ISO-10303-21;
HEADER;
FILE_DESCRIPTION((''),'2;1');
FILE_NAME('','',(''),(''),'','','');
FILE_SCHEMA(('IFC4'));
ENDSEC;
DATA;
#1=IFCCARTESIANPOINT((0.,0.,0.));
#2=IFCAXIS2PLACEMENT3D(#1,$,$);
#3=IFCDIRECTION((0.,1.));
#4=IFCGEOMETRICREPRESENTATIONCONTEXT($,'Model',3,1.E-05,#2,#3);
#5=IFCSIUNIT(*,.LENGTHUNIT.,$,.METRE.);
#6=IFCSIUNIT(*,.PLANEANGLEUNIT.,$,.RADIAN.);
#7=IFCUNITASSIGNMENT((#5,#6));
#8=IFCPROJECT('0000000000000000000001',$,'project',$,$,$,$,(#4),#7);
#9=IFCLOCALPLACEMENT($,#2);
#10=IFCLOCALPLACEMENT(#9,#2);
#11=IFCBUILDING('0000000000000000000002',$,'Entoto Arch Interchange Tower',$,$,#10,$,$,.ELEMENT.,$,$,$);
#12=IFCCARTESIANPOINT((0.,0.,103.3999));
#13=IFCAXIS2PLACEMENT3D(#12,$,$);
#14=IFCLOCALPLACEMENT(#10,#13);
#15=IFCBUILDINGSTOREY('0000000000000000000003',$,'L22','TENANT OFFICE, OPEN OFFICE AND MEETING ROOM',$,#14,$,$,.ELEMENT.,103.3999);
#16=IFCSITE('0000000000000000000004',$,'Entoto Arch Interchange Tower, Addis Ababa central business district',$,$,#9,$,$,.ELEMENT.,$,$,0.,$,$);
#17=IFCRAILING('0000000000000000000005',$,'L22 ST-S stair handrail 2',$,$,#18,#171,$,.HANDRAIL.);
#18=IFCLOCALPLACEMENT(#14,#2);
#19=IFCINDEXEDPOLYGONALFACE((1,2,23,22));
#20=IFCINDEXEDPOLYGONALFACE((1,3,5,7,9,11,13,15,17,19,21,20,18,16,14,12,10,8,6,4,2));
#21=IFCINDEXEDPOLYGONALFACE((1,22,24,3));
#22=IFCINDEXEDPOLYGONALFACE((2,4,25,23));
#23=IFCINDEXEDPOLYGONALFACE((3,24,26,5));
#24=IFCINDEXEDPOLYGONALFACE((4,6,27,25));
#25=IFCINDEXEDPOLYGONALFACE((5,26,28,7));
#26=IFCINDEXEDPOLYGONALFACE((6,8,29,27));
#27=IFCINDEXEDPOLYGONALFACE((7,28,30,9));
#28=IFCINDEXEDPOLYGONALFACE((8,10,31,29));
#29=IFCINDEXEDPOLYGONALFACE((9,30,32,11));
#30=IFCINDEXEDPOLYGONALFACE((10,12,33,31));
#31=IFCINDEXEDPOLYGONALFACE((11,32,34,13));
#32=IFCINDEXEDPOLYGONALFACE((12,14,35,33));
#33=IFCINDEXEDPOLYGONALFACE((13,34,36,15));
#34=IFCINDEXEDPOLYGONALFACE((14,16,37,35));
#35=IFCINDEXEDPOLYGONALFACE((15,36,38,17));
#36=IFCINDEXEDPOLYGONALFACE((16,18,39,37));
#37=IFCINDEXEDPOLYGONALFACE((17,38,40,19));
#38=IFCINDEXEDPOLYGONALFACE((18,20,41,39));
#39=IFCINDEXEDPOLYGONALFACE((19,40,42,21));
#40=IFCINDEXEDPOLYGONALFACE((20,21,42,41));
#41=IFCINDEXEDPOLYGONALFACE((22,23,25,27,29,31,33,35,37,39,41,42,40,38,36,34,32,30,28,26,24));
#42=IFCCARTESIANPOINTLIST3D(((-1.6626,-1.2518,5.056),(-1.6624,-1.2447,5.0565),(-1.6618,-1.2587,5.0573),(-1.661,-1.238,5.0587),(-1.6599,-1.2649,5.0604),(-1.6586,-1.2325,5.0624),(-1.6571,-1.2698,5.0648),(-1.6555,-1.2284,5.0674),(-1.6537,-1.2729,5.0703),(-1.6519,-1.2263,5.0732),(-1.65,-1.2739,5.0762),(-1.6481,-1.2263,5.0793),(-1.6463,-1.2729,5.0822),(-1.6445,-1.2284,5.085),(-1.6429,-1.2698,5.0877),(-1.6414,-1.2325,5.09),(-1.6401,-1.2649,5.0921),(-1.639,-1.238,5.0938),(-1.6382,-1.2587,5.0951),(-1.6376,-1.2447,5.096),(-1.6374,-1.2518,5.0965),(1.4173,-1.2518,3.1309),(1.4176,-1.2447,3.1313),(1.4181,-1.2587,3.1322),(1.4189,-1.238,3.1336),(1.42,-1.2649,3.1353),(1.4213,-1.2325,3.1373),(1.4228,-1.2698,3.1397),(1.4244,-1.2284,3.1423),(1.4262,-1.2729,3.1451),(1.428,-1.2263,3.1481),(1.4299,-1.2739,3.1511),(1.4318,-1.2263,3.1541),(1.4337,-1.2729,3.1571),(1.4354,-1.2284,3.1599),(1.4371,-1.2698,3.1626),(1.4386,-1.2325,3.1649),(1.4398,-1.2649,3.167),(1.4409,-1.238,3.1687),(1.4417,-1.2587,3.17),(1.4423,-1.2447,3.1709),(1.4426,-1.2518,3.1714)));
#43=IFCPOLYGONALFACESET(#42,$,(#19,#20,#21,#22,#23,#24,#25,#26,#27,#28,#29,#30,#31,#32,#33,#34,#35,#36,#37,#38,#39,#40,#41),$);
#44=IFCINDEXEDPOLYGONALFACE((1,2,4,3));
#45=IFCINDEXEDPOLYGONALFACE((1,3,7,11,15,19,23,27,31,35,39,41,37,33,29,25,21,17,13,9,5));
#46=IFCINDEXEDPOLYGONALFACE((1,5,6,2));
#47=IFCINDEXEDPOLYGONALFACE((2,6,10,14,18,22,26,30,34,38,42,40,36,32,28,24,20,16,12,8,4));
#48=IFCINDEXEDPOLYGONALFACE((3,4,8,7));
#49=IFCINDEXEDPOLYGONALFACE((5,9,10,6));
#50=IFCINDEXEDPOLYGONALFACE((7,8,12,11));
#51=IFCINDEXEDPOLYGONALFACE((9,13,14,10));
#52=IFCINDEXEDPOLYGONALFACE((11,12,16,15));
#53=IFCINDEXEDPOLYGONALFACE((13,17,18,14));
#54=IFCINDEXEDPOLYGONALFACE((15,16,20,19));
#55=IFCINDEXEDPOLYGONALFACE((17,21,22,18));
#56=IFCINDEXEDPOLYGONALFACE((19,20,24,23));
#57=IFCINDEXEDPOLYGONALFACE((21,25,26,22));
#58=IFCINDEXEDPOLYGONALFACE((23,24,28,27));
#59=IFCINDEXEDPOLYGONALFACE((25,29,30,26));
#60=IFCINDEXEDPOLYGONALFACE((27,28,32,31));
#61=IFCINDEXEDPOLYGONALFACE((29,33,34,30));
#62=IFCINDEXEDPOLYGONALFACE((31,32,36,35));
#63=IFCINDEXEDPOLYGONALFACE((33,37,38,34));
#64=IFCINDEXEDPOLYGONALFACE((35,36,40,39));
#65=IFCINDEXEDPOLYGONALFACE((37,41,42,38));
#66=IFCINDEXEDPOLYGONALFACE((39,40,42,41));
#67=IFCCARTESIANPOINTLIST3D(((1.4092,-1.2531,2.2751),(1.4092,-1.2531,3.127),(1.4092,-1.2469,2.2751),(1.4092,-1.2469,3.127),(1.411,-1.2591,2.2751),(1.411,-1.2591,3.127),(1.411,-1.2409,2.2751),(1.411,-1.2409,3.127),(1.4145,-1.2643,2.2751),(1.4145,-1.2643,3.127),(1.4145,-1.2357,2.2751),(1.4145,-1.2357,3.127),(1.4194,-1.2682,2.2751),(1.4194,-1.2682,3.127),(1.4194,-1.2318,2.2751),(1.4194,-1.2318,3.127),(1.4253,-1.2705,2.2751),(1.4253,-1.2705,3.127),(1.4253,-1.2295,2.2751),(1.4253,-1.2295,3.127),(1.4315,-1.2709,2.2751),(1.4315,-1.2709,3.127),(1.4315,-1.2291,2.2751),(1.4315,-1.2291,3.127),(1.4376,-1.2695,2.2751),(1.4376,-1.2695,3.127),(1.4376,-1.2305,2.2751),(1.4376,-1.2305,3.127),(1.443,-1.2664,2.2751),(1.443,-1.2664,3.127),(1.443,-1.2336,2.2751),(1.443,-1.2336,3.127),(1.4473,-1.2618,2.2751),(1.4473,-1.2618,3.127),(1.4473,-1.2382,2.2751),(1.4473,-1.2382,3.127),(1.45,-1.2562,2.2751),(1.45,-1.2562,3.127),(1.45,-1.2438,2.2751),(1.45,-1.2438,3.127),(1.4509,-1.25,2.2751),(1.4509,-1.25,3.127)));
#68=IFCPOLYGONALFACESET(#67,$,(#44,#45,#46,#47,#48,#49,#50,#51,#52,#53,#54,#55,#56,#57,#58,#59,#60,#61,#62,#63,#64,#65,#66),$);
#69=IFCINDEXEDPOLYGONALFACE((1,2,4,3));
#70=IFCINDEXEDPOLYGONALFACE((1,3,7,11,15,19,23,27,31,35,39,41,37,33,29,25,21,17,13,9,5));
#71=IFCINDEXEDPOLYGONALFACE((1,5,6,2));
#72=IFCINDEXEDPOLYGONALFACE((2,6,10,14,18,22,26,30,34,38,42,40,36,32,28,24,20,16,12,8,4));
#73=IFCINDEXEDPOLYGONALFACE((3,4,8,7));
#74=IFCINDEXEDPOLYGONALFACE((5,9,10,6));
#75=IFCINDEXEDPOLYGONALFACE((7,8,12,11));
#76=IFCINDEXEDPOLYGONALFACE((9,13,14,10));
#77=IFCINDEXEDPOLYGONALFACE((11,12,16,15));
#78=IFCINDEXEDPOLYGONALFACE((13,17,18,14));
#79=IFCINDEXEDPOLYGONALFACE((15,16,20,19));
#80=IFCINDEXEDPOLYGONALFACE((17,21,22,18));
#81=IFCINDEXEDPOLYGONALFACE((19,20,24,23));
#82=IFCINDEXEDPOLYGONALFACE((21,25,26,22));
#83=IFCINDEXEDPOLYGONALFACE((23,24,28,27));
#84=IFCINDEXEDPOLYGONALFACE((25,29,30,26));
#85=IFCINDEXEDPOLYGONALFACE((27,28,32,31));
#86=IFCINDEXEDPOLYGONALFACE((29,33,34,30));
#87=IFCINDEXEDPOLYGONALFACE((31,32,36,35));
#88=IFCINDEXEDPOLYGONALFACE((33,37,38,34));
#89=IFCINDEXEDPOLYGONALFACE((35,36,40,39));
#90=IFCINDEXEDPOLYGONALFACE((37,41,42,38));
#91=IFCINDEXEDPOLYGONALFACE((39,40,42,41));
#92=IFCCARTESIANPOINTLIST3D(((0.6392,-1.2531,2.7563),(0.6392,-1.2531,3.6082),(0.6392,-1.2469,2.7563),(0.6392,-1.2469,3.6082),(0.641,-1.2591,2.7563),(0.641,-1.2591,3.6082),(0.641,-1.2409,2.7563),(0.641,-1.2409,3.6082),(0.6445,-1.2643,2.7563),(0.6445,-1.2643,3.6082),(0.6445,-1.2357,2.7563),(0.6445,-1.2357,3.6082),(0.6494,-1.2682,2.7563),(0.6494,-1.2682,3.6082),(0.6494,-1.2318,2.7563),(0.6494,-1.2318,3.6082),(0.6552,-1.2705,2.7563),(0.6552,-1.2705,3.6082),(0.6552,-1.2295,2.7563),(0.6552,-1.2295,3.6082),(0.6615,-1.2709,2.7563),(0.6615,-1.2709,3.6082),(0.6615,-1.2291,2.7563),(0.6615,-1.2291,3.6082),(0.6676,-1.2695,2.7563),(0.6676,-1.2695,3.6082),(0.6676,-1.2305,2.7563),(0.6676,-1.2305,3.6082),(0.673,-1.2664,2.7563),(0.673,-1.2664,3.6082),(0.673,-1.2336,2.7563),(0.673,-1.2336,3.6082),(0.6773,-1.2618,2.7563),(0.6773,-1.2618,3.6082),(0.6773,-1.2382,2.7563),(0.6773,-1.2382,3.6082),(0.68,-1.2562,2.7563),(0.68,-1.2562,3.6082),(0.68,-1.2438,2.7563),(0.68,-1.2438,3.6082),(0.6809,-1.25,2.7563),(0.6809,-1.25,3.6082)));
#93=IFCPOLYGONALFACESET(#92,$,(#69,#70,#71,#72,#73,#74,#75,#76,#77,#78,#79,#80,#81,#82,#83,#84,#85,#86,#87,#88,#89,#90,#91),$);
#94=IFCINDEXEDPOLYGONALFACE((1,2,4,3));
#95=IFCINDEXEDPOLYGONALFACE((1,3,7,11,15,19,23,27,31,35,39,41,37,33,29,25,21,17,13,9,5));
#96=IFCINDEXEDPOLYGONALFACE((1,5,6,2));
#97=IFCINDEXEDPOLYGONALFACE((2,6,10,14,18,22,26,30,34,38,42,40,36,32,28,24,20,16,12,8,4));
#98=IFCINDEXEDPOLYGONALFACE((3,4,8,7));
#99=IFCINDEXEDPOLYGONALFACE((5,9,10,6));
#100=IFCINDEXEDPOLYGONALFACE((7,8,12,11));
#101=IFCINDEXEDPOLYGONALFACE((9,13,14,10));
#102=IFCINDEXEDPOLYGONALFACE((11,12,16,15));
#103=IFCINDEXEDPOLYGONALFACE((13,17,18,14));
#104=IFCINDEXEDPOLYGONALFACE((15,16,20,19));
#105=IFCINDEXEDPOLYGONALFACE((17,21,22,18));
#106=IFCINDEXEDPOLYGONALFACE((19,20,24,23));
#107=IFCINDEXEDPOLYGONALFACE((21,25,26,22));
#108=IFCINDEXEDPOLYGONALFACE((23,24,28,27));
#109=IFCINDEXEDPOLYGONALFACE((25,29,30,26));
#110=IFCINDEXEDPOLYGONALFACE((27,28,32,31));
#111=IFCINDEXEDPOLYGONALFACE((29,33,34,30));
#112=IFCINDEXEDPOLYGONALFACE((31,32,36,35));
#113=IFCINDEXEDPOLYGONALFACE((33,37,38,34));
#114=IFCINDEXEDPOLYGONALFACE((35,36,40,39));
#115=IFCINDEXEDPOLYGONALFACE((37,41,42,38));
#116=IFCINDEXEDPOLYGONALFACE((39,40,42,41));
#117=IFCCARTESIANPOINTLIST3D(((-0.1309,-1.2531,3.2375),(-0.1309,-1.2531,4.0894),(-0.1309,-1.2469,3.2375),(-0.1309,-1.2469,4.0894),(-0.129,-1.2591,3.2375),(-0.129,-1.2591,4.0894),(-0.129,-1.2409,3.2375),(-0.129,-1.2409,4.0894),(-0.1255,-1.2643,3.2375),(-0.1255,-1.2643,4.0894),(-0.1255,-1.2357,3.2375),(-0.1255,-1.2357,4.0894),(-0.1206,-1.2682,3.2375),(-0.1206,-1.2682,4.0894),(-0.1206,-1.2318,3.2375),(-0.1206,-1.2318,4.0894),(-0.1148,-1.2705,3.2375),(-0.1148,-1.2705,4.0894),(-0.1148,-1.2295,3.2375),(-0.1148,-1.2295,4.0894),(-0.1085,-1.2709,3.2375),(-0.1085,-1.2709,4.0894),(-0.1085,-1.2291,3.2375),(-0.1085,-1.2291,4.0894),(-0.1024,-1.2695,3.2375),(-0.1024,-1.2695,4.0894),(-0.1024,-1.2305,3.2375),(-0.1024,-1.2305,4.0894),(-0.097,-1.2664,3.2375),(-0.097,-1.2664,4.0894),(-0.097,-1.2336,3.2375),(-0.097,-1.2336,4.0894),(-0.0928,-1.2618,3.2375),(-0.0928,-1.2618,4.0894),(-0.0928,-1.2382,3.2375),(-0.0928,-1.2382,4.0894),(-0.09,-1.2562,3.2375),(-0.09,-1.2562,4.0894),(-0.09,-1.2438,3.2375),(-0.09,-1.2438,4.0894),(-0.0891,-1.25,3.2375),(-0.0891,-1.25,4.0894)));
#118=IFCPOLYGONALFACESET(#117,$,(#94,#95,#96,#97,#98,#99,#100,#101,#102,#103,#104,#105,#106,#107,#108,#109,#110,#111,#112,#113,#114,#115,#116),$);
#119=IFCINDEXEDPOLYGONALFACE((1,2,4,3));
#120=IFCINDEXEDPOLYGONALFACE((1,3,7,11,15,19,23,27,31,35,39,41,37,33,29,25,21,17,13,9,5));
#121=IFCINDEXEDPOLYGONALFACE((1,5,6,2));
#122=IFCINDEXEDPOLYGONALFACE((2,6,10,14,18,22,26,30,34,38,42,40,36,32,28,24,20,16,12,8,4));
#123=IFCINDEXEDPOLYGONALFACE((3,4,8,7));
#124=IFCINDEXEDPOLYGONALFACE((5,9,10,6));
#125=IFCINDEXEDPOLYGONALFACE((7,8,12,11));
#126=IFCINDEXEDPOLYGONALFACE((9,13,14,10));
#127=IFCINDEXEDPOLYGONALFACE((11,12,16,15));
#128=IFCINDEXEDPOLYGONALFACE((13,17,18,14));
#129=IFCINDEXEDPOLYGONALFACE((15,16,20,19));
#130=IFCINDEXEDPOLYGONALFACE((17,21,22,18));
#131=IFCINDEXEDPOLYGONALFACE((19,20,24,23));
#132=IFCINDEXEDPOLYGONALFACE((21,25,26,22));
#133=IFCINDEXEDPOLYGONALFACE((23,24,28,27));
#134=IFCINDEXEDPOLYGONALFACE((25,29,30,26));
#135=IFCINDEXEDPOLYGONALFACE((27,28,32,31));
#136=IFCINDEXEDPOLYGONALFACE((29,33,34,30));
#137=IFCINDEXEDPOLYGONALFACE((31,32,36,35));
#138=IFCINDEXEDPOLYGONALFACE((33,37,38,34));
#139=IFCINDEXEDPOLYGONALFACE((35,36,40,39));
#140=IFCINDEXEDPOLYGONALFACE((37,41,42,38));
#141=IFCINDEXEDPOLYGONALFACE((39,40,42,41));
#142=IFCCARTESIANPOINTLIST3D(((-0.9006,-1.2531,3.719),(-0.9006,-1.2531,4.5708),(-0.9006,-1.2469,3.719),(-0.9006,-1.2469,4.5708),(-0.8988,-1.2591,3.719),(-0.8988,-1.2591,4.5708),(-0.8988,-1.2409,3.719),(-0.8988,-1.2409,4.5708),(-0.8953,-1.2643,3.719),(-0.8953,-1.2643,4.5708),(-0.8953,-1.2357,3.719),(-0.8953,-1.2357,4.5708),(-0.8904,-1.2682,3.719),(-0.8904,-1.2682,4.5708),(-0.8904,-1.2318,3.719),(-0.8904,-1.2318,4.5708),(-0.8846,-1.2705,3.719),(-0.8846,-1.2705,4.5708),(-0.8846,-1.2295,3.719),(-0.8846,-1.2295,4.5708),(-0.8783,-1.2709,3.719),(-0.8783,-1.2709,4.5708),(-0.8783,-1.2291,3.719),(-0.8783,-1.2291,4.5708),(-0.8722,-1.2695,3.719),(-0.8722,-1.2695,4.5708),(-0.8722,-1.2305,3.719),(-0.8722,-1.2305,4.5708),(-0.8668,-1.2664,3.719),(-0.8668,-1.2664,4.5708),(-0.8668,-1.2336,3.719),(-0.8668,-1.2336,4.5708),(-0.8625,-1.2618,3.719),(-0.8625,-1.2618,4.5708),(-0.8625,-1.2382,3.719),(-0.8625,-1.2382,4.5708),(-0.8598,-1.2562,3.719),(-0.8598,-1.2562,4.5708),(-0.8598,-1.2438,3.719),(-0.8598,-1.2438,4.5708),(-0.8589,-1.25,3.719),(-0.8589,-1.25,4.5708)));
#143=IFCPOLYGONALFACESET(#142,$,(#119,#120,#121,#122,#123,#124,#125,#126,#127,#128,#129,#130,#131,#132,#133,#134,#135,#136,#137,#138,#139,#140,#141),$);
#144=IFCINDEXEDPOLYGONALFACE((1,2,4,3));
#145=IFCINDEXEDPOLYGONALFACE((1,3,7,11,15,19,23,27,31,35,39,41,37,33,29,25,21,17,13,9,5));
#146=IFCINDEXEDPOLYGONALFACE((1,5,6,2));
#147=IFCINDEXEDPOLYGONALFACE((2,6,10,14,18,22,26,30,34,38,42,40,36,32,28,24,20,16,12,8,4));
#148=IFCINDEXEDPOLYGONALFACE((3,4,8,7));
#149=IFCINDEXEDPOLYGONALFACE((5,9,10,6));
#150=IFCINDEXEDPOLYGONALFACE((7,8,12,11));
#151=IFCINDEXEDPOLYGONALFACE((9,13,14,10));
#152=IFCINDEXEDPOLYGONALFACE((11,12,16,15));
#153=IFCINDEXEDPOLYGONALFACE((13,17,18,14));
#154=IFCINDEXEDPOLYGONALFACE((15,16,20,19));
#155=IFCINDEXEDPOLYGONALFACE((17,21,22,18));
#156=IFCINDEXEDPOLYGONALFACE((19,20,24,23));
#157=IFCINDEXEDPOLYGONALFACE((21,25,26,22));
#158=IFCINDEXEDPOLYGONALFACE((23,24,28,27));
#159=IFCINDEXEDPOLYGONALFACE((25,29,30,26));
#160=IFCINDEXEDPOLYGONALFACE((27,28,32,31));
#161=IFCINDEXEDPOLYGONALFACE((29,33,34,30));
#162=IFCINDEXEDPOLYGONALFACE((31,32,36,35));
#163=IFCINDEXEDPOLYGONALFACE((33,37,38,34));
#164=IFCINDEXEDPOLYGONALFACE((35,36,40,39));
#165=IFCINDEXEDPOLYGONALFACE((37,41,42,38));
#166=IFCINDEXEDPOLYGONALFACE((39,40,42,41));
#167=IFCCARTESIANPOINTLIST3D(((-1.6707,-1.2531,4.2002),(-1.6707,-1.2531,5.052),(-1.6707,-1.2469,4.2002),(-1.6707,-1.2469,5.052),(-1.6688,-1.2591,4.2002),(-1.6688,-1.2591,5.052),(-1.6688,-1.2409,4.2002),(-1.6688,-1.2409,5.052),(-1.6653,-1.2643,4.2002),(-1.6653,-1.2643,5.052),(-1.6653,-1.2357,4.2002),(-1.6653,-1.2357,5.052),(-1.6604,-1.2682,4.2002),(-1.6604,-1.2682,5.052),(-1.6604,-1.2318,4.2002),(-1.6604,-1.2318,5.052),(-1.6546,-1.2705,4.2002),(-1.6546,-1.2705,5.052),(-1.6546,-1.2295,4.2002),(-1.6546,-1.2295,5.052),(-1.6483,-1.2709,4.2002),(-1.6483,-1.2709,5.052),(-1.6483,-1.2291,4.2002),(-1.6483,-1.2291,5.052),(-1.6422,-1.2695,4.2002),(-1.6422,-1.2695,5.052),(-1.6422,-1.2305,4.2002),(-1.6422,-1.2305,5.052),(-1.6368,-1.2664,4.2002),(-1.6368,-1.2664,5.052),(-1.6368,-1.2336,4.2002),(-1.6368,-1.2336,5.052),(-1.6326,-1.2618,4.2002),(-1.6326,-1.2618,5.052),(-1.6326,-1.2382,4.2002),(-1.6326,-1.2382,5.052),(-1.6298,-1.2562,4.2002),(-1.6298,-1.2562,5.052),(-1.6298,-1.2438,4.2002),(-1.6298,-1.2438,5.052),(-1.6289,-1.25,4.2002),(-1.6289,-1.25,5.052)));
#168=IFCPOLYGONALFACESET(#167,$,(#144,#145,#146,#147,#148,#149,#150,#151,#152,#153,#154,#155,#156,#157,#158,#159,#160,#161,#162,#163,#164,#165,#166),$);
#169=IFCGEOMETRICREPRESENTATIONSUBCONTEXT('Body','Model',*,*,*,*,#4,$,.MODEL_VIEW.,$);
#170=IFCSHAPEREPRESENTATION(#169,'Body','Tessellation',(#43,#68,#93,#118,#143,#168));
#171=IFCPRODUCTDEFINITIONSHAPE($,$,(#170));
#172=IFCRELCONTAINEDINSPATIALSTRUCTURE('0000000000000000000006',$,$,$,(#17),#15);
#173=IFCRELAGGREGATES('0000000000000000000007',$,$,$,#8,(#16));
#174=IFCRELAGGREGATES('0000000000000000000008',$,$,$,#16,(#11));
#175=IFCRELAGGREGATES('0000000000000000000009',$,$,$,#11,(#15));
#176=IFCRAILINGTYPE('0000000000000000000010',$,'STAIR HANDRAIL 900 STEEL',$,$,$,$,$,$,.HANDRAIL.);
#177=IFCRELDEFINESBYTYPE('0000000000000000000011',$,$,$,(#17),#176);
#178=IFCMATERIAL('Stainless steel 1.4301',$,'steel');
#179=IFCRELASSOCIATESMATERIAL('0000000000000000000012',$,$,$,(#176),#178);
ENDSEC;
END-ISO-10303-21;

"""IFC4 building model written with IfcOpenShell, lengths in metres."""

from ifc_helpers import new_model, si_unit, direction, frame, origin, origin_2d, place, context, subcontext, project, spatial, circle, extrude, material, type_object, element, save


model = new_model("IFC4")

# Units and contexts
model_context = context("Model", 3, precision=1e-05, world=origin(), true_north=direction((0.0, 1.0)))
body_context = subcontext(model_context, "Body", "Model", "MODEL_VIEW")
ifc_project = project(units=[si_unit("LENGTHUNIT", "METRE"), si_unit("PLANEANGLEUNIT", "RADIAN")], contexts=[model_context])

# Site, building, storey
site_placement = place(None, origin())
site = spatial("IfcSite", under=ifc_project, at=site_placement, Name="Entoto Arch Interchange Tower, Addis Ababa central business district", CompositionType="ELEMENT", RefElevation=0.0)
building_placement = place(site_placement, origin())
building = spatial("IfcBuilding", under=site, at=building_placement, Name="Entoto Arch Interchange Tower", CompositionType="ELEMENT")
storey_placement = place(building_placement, frame((0.0, 0.0, 103.3999)))
storey = spatial("IfcBuildingStorey", under=building, at=storey_placement, Name="L22", Description="TENANT OFFICE, OPEN OFFICE AND MEETING ROOM", CompositionType="ELEMENT", Elevation=103.3999)

# Railing
ifc_material_1 = material(Name="Stainless steel 1.4301", Category="steel")
railing_type_1 = type_object("IfcRailingType", Name="STAIR HANDRAIL 900 STEEL", PredefinedType="HANDRAIL", material=ifc_material_1)
railing_1_placement = place(storey_placement, frame((1.4299, -1.25, 2.2751)))
element("IfcRailing", 1, at=railing_1_placement, inside=storey, type_object=railing_type_1, Name="L22 ST-S stair handrail 2", PredefinedType="HANDRAIL", context=body_context, shape_type="SweptSolid", body=[
    extrude(circle(Radius=0.0239, at=origin_2d()), frame((0.0, 0.0, 0.876), z_axis=(-0.847979, 0.0, 0.530029), x_axis=(0.0, -1.0, 0.0)), (0.0, 0.0, 1.0), 3.6321),
    extrude(circle(Radius=0.021, at=origin_2d()), origin(), (0.0, 0.0, 1.0), 0.8518),
    extrude(circle(Radius=0.021, at=origin_2d()), frame((-0.77, 0.0, 0.4812)), (0.0, 0.0, 1.0), 0.8518),
    extrude(circle(Radius=0.021, at=origin_2d()), frame((-1.54, 0.0, 0.9624)), (0.0, 0.0, 1.0), 0.8518),
    extrude(circle(Radius=0.021, at=origin_2d()), frame((-2.3098, 0.0, 1.4438)), (0.0, 0.0, 1.0), 0.8518),
    extrude(circle(Radius=0.021, at=origin_2d()), frame((-3.0798, 0.0, 1.925)), (0.0, 0.0, 1.0), 0.8518),
])

save(model, "model.ifc")
